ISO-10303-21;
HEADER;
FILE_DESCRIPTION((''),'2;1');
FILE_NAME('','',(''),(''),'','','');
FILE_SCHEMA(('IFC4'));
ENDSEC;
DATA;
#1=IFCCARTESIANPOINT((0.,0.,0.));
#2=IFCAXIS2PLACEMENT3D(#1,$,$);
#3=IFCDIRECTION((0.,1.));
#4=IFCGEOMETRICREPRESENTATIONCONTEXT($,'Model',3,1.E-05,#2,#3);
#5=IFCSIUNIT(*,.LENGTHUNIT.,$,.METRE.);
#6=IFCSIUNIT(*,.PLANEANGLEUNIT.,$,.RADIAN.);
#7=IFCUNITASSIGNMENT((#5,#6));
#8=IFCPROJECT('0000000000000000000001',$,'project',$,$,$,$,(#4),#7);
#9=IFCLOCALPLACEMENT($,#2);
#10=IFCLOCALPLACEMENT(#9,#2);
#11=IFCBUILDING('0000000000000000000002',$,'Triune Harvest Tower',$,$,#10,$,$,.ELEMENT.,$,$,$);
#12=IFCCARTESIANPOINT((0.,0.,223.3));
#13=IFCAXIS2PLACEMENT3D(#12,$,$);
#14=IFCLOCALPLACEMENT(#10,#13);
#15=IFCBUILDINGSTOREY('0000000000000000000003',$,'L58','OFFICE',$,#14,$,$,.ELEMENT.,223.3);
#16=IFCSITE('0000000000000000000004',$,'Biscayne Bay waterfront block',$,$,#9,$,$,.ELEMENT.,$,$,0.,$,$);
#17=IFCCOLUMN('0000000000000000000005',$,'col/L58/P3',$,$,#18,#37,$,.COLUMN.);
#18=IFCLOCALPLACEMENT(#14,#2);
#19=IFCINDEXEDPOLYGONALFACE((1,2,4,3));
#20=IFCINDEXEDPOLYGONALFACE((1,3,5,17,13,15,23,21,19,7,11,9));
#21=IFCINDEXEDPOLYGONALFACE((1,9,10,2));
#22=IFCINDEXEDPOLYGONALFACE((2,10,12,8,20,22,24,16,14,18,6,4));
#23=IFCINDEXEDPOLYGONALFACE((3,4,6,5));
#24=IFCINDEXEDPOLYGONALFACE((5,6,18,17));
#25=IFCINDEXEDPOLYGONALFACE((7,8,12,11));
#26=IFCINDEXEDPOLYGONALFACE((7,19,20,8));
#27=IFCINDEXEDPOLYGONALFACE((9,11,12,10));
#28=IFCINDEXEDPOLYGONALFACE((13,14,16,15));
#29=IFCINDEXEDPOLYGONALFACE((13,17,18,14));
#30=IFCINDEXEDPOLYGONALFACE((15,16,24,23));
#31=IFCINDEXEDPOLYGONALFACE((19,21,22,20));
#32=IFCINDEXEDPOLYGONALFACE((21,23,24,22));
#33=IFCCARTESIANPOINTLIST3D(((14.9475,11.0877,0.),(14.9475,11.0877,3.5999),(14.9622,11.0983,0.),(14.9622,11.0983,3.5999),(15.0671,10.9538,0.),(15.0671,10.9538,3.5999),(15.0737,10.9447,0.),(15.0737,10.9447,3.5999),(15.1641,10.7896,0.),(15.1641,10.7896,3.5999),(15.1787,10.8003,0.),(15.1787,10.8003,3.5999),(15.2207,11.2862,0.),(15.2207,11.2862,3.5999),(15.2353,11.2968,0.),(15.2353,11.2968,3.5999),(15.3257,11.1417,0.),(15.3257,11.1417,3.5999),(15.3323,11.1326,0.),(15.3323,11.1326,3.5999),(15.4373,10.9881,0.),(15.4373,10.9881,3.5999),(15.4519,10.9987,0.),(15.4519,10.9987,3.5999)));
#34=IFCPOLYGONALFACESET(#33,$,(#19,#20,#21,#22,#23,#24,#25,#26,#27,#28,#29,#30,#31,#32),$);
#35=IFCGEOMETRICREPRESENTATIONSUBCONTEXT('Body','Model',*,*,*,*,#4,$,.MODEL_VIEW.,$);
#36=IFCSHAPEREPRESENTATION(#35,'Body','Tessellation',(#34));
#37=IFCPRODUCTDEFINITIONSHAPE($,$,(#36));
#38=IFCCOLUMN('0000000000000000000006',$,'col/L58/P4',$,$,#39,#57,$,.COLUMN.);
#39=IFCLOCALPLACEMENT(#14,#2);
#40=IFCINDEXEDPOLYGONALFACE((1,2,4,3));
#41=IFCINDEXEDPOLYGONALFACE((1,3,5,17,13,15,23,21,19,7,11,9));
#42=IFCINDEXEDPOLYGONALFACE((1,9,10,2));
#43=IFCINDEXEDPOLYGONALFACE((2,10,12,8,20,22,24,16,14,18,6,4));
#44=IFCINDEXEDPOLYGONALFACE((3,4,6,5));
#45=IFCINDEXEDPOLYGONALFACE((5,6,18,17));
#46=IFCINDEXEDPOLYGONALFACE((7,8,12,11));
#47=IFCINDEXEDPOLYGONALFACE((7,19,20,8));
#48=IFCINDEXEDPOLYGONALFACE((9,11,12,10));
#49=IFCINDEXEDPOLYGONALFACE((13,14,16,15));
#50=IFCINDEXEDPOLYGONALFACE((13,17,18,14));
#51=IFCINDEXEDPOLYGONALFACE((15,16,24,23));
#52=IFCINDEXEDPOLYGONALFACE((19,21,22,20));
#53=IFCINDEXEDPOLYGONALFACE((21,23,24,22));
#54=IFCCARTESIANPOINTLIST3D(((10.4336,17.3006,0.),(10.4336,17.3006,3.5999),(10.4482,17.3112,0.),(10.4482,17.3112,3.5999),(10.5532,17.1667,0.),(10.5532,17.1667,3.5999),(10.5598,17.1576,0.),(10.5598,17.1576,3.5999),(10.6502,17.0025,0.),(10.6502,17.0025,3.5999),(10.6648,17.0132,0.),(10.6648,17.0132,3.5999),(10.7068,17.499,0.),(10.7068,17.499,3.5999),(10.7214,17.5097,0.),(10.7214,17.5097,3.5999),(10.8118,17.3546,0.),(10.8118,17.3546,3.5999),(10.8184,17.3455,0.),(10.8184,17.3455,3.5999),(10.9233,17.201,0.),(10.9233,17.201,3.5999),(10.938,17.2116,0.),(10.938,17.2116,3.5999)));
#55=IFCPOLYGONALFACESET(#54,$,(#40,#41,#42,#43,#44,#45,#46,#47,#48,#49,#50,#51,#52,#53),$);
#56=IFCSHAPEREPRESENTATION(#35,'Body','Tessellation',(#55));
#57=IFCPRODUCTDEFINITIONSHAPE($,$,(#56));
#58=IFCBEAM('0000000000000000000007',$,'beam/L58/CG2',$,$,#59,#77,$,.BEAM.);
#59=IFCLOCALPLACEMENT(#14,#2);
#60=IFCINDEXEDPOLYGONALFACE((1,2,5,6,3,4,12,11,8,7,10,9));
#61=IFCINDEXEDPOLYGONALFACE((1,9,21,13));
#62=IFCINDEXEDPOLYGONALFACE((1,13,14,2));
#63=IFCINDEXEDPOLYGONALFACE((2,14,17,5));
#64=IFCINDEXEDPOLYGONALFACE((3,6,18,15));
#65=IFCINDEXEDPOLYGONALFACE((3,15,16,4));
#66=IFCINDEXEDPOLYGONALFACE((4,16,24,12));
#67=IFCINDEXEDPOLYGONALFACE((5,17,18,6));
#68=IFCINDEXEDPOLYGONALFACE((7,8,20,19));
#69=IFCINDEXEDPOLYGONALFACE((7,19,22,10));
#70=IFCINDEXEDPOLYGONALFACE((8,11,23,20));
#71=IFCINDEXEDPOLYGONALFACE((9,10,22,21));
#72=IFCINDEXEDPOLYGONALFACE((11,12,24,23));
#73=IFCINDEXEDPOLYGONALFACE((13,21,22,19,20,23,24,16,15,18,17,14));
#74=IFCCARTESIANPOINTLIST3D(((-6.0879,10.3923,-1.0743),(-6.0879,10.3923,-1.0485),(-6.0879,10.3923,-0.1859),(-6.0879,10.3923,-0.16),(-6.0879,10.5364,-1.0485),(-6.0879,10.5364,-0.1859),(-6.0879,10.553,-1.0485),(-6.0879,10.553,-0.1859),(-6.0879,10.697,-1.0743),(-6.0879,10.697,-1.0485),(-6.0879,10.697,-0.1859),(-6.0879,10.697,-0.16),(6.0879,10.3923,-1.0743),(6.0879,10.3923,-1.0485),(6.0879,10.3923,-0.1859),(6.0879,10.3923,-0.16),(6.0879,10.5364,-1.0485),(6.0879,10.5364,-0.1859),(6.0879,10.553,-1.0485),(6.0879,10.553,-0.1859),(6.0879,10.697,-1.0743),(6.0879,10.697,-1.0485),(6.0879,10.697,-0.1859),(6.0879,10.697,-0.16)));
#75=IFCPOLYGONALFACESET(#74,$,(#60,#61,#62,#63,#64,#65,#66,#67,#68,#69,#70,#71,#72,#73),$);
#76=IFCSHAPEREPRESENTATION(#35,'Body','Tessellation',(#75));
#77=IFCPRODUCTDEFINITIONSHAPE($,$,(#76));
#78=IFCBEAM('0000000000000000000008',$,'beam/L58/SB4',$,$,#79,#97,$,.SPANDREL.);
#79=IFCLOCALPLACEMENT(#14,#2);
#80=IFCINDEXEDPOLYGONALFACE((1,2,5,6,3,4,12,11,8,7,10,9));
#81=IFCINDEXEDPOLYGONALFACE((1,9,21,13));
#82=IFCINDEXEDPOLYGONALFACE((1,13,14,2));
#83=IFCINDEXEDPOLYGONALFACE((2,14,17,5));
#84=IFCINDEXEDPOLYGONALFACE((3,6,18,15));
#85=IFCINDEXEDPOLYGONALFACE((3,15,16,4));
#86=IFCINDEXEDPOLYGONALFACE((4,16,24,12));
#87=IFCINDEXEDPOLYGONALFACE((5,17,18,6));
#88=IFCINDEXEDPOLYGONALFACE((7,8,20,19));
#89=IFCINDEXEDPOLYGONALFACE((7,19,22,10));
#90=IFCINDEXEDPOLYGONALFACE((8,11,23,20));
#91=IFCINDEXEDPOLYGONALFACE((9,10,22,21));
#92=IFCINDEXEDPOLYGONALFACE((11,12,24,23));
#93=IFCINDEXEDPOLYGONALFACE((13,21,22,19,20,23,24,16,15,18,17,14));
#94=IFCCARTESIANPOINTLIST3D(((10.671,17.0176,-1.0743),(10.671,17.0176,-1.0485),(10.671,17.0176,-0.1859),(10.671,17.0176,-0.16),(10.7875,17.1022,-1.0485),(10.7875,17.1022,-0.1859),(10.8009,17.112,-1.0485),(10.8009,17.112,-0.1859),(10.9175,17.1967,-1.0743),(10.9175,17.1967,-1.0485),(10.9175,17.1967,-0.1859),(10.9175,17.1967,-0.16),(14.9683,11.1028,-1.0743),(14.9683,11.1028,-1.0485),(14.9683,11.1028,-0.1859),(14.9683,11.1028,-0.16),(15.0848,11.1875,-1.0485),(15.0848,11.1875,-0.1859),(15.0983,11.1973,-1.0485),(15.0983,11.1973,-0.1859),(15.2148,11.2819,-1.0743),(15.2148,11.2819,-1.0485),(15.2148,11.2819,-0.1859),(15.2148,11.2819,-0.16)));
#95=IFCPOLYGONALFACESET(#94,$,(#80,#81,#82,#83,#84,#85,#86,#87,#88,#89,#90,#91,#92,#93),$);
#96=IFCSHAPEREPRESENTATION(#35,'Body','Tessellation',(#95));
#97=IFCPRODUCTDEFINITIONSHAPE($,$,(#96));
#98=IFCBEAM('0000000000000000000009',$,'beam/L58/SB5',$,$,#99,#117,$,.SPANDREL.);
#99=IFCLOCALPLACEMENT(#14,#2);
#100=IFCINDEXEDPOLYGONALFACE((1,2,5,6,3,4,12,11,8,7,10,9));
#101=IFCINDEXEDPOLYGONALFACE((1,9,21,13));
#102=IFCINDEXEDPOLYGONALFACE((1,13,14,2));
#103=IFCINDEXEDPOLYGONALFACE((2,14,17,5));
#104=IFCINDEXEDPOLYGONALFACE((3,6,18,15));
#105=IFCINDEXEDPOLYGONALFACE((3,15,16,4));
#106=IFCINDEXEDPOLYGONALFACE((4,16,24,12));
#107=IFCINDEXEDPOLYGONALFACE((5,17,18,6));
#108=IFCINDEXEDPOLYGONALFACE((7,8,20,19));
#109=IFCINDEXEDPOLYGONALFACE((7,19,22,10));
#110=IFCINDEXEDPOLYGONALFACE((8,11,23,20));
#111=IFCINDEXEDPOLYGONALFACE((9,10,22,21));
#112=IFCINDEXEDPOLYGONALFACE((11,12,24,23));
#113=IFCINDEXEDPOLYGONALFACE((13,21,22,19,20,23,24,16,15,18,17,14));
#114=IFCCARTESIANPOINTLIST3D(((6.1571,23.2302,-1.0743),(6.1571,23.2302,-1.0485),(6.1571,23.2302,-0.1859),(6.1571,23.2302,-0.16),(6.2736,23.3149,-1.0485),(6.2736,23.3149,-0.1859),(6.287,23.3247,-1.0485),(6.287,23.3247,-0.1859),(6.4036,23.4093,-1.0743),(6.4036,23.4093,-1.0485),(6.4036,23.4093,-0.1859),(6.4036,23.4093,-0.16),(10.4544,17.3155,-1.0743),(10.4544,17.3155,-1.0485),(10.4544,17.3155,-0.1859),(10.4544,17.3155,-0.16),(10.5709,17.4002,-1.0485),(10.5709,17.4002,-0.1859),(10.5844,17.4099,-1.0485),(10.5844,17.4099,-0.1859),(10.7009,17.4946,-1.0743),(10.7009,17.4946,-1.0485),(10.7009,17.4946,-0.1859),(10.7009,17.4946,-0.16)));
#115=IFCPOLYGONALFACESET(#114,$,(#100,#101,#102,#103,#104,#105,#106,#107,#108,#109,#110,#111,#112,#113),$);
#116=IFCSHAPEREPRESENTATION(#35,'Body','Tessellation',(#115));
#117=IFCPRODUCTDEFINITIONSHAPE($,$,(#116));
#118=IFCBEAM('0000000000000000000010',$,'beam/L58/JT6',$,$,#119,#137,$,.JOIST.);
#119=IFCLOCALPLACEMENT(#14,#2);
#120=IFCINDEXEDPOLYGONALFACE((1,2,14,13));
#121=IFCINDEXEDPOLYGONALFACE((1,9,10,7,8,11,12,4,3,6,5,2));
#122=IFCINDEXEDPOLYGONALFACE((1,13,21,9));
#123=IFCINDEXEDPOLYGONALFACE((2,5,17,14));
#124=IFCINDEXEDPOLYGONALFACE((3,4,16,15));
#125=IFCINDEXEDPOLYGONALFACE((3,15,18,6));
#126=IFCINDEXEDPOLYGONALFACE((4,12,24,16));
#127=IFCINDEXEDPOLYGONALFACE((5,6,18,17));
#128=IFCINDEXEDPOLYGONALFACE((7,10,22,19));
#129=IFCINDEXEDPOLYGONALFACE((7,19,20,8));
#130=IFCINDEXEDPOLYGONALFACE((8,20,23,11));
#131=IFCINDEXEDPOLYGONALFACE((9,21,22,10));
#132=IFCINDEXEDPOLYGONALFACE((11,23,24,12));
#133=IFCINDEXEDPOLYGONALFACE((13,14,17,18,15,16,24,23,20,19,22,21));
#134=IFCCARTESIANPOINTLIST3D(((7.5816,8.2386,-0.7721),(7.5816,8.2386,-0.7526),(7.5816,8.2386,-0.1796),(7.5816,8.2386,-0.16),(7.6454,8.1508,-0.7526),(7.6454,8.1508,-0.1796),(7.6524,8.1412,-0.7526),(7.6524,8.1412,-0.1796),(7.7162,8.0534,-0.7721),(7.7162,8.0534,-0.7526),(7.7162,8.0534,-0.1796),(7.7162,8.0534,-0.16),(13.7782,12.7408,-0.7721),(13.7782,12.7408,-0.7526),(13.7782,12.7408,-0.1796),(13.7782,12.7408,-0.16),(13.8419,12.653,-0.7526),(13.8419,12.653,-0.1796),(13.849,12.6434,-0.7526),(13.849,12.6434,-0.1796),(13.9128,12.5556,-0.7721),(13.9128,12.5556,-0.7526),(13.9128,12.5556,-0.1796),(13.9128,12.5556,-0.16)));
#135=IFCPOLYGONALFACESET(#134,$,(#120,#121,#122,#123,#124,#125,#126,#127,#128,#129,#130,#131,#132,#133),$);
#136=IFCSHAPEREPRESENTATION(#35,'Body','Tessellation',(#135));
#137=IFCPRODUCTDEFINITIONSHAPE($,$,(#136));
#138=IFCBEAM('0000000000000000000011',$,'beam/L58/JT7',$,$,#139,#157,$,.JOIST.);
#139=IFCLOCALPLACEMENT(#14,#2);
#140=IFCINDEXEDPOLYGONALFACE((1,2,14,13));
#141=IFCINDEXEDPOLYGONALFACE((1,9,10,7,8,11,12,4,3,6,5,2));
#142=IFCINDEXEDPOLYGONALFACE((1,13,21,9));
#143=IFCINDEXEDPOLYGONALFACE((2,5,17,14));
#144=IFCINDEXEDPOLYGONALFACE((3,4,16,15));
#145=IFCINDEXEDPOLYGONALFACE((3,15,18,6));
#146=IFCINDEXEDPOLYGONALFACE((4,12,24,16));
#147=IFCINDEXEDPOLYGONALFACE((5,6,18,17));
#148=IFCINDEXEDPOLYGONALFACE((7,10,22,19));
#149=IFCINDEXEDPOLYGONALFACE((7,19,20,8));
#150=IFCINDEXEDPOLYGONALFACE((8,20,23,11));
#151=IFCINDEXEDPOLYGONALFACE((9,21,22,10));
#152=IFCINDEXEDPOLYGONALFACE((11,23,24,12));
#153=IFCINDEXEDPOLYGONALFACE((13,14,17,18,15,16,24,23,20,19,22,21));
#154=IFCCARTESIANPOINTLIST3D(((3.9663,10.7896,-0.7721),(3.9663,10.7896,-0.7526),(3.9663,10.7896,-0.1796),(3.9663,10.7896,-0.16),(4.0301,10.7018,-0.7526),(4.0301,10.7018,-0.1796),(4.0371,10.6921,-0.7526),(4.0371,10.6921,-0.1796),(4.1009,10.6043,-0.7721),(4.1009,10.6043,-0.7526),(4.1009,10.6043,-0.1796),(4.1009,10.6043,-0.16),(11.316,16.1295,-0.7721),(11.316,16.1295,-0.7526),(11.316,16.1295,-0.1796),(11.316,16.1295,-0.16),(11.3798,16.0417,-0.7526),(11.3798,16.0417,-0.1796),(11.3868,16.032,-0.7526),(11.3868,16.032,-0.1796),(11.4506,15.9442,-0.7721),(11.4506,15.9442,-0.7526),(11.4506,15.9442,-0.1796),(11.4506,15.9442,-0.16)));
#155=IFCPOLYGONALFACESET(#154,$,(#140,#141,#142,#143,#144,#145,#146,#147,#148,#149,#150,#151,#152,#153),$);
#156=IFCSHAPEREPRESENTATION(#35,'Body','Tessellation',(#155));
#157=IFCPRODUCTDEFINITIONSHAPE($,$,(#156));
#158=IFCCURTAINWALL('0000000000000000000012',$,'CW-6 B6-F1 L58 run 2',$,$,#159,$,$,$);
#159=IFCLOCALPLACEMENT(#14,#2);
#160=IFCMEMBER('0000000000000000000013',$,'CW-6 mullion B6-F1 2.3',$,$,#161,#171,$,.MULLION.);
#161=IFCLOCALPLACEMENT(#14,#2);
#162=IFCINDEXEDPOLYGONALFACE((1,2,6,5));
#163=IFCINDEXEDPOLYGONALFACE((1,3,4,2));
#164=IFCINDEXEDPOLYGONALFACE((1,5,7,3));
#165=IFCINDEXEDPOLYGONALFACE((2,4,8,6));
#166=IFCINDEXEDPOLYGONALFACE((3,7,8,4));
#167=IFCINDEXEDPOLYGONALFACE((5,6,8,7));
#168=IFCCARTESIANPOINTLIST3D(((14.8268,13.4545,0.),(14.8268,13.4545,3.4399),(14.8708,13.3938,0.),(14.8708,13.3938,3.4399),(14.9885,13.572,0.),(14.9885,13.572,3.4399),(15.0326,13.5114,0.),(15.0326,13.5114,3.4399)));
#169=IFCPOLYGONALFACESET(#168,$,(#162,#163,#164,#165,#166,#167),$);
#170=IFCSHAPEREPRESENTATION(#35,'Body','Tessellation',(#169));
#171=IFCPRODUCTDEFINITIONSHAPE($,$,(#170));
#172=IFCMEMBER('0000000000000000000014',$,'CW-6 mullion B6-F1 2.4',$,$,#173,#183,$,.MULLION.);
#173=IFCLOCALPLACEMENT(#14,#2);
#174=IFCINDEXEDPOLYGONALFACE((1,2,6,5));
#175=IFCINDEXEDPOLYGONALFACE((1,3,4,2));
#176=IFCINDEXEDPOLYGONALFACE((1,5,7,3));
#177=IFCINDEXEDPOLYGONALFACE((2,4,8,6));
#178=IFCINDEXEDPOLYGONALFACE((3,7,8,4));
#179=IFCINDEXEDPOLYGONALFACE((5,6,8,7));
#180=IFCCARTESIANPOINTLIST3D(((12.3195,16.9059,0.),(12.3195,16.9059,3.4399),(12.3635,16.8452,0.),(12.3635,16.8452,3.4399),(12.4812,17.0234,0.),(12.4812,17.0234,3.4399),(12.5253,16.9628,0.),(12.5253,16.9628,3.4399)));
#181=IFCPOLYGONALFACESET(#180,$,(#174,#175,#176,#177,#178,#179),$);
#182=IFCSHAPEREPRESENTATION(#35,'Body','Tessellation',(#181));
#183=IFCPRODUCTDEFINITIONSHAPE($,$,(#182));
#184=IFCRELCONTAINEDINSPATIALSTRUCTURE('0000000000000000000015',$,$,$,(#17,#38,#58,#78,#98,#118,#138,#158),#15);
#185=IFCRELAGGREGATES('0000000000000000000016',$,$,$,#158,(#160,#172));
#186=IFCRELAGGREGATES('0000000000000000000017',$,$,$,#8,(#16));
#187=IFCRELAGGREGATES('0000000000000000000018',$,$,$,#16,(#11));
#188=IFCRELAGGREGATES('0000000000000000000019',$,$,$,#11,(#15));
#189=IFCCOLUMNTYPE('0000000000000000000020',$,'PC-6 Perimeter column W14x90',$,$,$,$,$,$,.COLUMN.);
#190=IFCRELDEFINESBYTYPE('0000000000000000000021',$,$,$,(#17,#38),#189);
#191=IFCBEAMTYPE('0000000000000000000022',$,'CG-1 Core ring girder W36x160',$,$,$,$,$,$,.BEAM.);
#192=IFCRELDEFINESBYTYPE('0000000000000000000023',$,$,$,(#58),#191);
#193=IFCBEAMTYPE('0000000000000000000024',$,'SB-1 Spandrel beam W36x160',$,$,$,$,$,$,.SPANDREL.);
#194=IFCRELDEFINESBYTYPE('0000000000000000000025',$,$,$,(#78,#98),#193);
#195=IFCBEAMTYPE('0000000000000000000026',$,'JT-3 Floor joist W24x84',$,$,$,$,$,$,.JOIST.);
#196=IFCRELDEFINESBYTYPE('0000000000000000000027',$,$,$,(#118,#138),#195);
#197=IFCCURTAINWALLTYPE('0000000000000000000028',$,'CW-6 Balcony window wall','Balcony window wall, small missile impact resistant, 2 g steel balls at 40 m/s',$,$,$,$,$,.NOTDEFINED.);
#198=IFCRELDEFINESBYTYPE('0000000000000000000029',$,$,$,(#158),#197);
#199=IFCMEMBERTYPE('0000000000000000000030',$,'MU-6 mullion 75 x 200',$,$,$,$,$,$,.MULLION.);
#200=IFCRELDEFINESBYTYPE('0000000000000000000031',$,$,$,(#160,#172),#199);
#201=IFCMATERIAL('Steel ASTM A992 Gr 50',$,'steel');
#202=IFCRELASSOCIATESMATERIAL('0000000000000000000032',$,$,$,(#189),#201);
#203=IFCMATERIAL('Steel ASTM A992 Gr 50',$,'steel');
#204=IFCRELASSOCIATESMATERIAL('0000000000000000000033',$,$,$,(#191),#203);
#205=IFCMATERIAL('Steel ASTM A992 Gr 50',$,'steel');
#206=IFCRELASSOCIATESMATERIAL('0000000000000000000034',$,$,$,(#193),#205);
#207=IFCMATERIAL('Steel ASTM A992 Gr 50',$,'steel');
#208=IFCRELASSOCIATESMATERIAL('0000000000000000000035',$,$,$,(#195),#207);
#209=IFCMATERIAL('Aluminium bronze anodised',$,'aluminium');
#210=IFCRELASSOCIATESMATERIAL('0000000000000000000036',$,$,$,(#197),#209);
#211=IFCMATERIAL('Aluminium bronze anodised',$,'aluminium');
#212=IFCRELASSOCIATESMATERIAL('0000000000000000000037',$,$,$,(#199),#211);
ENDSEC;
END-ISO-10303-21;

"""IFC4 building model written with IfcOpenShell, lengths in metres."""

from ifc_helpers import new_model, si_unit, direction, frame, origin, origin_2d, place, context, subcontext, project, spatial, rectangle, i_section, extrude, source, transform, mapped, material, material_profile, profile_set, type_object, element, aggregate, save


model = new_model("IFC4")

# Units and contexts
model_context = context("Model", 3, precision=1e-05, world=origin(), true_north=direction((0.0, 1.0)))
body_context = subcontext(model_context, "Body", "Model", "MODEL_VIEW")
ifc_project = project(units=[si_unit("LENGTHUNIT", "METRE"), si_unit("PLANEANGLEUNIT", "RADIAN")], contexts=[model_context])

# Site, building, storey
site_placement = place(None, origin())
site = spatial("IfcSite", under=ifc_project, at=site_placement, Name="Biscayne Bay waterfront block", CompositionType="ELEMENT", RefElevation=0.0)
building_placement = place(site_placement, origin())
building = spatial("IfcBuilding", under=site, at=building_placement, Name="Triune Harvest Tower", CompositionType="ELEMENT")
storey_placement = place(building_placement, frame((0.0, 0.0, 223.3)))
storey = spatial("IfcBuildingStorey", under=building, at=storey_placement, Name="L58", Description="OFFICE", CompositionType="ELEMENT", Elevation=223.3)

# Columns
ifc_material_1 = material(Name="Steel ASTM A992 Gr 50", Category="steel")
ifc_material_profile_1 = material_profile(ifc_material_1, i_section(OverallWidth=0.3684, OverallDepth=0.3557, WebThickness=0.0112, FlangeThickness=0.0181, at=origin_2d()), Name="W14x90")
ifc_profile_set_1 = profile_set([ifc_material_profile_1], Name="Steel ASTM A992 Gr 50")
column_type = type_object("IfcColumnType", Name="PC-6 Perimeter column W14x90", PredefinedType="COLUMN", material=ifc_profile_set_1)
shared_shape_1 = source(origin(), body_context, "Body", "SweptSolid", [
    extrude(i_section(OverallWidth=0.3684, OverallDepth=0.3557, WebThickness=0.0112, FlangeThickness=0.0181, at=origin_2d()), origin(), (0.0, 0.0, 1.0), 3.5999),
])
for number, where, z_axis, x_axis, name in (
    (1, (15.1997, 11.0432, 0.0), (0.0, 0.0, 1.0), (-0.587785, 0.809017, 0.0), "col/L58/P3"),
    (2, (10.6858, 17.2561, 0.0), (0.0, 0.0, 1.0), (-0.587785, 0.809017, 0.0), "col/L58/P4"),
):
    element("IfcColumn", number, at=place(storey_placement, frame(where, z_axis=z_axis, x_axis=x_axis)), inside=storey, type_object=column_type, Name=name, PredefinedType="COLUMN", context=body_context, shape_type="MappedRepresentation", body=[
        mapped(shared_shape_1, transform((0.0, 0.0, 0.0), scale=1.0)),
    ])

# Beams
ifc_material_2 = material(Name="Steel ASTM A992 Gr 50", Category="steel")
ifc_material_profile_2 = material_profile(ifc_material_2, i_section(OverallWidth=0.3047, OverallDepth=0.9143, WebThickness=0.0166, FlangeThickness=0.0259, at=origin_2d()), Name="W36x160")
ifc_profile_set_2 = profile_set([ifc_material_profile_2], Name="Steel ASTM A992 Gr 50")
beam_type_1 = type_object("IfcBeamType", Name="CG-1 Core ring girder W36x160", PredefinedType="BEAM", material=ifc_profile_set_2)
shared_shape_2 = source(origin(), body_context, "Body", "SweptSolid", [
    extrude(i_section(OverallWidth=0.3047, OverallDepth=0.9143, WebThickness=0.0166, FlangeThickness=0.0259, at=origin_2d()), origin(), (0.0, 0.0, 1.0), 12.1758),
])
beam_1_placement = place(storey_placement, frame((6.0879, 10.5447, -0.6172), z_axis=(-1.0, 0.0, 0.0), x_axis=(0.0, -1.0, 0.0)))
element("IfcBeam", 3, at=beam_1_placement, inside=storey, type_object=beam_type_1, Name="beam/L58/CG2", PredefinedType="BEAM", context=body_context, shape_type="MappedRepresentation", body=[
    mapped(shared_shape_2, transform((0.0, 0.0, 0.0), scale=1.0)),
])
ifc_material_3 = material(Name="Steel ASTM A992 Gr 50", Category="steel")
ifc_material_profile_3 = material_profile(ifc_material_3, i_section(OverallWidth=0.3047, OverallDepth=0.9143, WebThickness=0.0166, FlangeThickness=0.0259, at=origin_2d()), Name="W36x160")
ifc_profile_set_3 = profile_set([ifc_material_profile_3], Name="Steel ASTM A992 Gr 50")
beam_type_2 = type_object("IfcBeamType", Name="SB-1 Spandrel beam W36x160", PredefinedType="SPANDREL", material=ifc_profile_set_3)
shared_shape_3 = source(origin(), body_context, "Body", "SweptSolid", [
    extrude(i_section(OverallWidth=0.3047, OverallDepth=0.9143, WebThickness=0.0166, FlangeThickness=0.0259, at=origin_2d()), origin(), (0.0, 0.0, 1.0), 7.311),
])
for number, where, z_axis, x_axis, name in (
    (4, (15.0916, 11.1924, -0.6172), (-0.587786, 0.809016, 0.0), (-0.809016, -0.587786, 0.0), "beam/L58/SB4"),
    (5, (10.5776, 17.405, -0.6172), (-0.587786, 0.809016, 0.0), (-0.809016, -0.587786, 0.0), "beam/L58/SB5"),
):
    element("IfcBeam", number, at=place(storey_placement, frame(where, z_axis=z_axis, x_axis=x_axis)), inside=storey, type_object=beam_type_2, Name=name, PredefinedType="SPANDREL", context=body_context, shape_type="MappedRepresentation", body=[
        mapped(shared_shape_3, transform((0.0, 0.0, 0.0), scale=1.0)),
    ])
ifc_material_4 = material(Name="Steel ASTM A992 Gr 50", Category="steel")
ifc_material_profile_4 = material_profile(ifc_material_4, i_section(OverallWidth=0.229, OverallDepth=0.6121, WebThickness=0.012, FlangeThickness=0.0195, at=origin_2d()), Name="W24x84")
ifc_profile_set_4 = profile_set([ifc_material_profile_4], Name="Steel ASTM A992 Gr 50")
beam_type_3 = type_object("IfcBeamType", Name="JT-3 Floor joist W24x84", PredefinedType="JOIST", material=ifc_profile_set_4)
shared_shape_4 = source(origin(), body_context, "Body", "SweptSolid", [
    extrude(i_section(OverallWidth=0.229, OverallDepth=0.6121, WebThickness=0.012, FlangeThickness=0.0195, at=origin_2d()), origin(), (0.0, 0.0, 1.0), 7.6594),
])
beam_2_placement = place(storey_placement, frame((13.8455, 12.6482, -0.4661), z_axis=(-0.809008, -0.587798, 0.0), x_axis=(0.587798, -0.809008, 0.0)))
element("IfcBeam", 6, at=beam_2_placement, inside=storey, type_object=beam_type_3, Name="beam/L58/JT6", PredefinedType="JOIST", context=body_context, shape_type="MappedRepresentation", body=[
    mapped(shared_shape_4, transform((0.0, 0.0, 0.0), scale=1.0)),
])
shared_shape_5 = source(origin(), body_context, "Body", "SweptSolid", [
    extrude(i_section(OverallWidth=0.229, OverallDepth=0.6121, WebThickness=0.012, FlangeThickness=0.0195, at=origin_2d()), origin(), (0.0, 0.0, 1.0), 9.0847),
])
beam_3_placement = place(storey_placement, frame((11.3833, 16.0369, -0.4661), z_axis=(-0.809015, -0.587788, 0.0), x_axis=(0.587788, -0.809015, 0.0)))
element("IfcBeam", 7, at=beam_3_placement, inside=storey, type_object=beam_type_3, Name="beam/L58/JT7", PredefinedType="JOIST", context=body_context, shape_type="MappedRepresentation", body=[
    mapped(shared_shape_5, transform((0.0, 0.0, 0.0), scale=1.0)),
])

# Curtain wall, members
ifc_material_5 = material(Name="Aluminium bronze anodised", Category="aluminium")
curtain_wall_type_1 = type_object("IfcCurtainWallType", Name="CW-6 Balcony window wall", Description="Balcony window wall, small missile impact resistant, 2 g steel balls at 40 m/s", PredefinedType="NOTDEFINED", material=ifc_material_5)
curtain_wall_1_placement = place(storey_placement, origin())
curtain_wall_1 = element("IfcCurtainWall", 8, at=curtain_wall_1_placement, inside=storey, type_object=curtain_wall_type_1, Name="CW-6 B6-F1 L58 run 2")
ifc_material_6 = material(Name="Aluminium bronze anodised", Category="aluminium")
ifc_material_profile_5 = material_profile(ifc_material_6, rectangle(XDim=0.2, YDim=0.075, at=origin_2d()), Name="MU-6 mullion 75 x 200")
ifc_profile_set_5 = profile_set([ifc_material_profile_5], Name="Aluminium bronze anodised")
member_type_1 = type_object("IfcMemberType", Name="MU-6 mullion 75 x 200", PredefinedType="MULLION", material=ifc_profile_set_5)
shared_shape_6 = source(origin(), body_context, "Body", "SweptSolid", [
    extrude(rectangle(XDim=0.2, YDim=0.075, at=origin_2d()), origin(), (0.0, 0.0, 1.0), 3.4399),
])
member_1_placement = place(storey_placement, frame((14.9297, 13.4829, 0.0), z_axis=(0.0, 0.0, 1.0), x_axis=(-0.809017, -0.587786, 0.0)))
member_1 = element("IfcMember", 9, at=member_1_placement, type_object=member_type_1, Name="CW-6 mullion B6-F1 2.3", PredefinedType="MULLION", context=body_context, shape_type="MappedRepresentation", body=[
    mapped(shared_shape_6, transform((0.0, 0.0, 0.0), scale=1.0)),
])
member_2_placement = place(storey_placement, frame((12.4224, 16.9343, 0.0), z_axis=(0.0, 0.0, 1.0), x_axis=(-0.809017, -0.587786, 0.0)))
member_2 = element("IfcMember", 10, at=member_2_placement, type_object=member_type_1, Name="CW-6 mullion B6-F1 2.4", PredefinedType="MULLION", context=body_context, shape_type="MappedRepresentation", body=[
    mapped(shared_shape_6, transform((0.0, 0.0, 0.0), scale=1.0)),
])

aggregate(curtain_wall_1, [member_1, member_2])

save(model, "model.ifc")
